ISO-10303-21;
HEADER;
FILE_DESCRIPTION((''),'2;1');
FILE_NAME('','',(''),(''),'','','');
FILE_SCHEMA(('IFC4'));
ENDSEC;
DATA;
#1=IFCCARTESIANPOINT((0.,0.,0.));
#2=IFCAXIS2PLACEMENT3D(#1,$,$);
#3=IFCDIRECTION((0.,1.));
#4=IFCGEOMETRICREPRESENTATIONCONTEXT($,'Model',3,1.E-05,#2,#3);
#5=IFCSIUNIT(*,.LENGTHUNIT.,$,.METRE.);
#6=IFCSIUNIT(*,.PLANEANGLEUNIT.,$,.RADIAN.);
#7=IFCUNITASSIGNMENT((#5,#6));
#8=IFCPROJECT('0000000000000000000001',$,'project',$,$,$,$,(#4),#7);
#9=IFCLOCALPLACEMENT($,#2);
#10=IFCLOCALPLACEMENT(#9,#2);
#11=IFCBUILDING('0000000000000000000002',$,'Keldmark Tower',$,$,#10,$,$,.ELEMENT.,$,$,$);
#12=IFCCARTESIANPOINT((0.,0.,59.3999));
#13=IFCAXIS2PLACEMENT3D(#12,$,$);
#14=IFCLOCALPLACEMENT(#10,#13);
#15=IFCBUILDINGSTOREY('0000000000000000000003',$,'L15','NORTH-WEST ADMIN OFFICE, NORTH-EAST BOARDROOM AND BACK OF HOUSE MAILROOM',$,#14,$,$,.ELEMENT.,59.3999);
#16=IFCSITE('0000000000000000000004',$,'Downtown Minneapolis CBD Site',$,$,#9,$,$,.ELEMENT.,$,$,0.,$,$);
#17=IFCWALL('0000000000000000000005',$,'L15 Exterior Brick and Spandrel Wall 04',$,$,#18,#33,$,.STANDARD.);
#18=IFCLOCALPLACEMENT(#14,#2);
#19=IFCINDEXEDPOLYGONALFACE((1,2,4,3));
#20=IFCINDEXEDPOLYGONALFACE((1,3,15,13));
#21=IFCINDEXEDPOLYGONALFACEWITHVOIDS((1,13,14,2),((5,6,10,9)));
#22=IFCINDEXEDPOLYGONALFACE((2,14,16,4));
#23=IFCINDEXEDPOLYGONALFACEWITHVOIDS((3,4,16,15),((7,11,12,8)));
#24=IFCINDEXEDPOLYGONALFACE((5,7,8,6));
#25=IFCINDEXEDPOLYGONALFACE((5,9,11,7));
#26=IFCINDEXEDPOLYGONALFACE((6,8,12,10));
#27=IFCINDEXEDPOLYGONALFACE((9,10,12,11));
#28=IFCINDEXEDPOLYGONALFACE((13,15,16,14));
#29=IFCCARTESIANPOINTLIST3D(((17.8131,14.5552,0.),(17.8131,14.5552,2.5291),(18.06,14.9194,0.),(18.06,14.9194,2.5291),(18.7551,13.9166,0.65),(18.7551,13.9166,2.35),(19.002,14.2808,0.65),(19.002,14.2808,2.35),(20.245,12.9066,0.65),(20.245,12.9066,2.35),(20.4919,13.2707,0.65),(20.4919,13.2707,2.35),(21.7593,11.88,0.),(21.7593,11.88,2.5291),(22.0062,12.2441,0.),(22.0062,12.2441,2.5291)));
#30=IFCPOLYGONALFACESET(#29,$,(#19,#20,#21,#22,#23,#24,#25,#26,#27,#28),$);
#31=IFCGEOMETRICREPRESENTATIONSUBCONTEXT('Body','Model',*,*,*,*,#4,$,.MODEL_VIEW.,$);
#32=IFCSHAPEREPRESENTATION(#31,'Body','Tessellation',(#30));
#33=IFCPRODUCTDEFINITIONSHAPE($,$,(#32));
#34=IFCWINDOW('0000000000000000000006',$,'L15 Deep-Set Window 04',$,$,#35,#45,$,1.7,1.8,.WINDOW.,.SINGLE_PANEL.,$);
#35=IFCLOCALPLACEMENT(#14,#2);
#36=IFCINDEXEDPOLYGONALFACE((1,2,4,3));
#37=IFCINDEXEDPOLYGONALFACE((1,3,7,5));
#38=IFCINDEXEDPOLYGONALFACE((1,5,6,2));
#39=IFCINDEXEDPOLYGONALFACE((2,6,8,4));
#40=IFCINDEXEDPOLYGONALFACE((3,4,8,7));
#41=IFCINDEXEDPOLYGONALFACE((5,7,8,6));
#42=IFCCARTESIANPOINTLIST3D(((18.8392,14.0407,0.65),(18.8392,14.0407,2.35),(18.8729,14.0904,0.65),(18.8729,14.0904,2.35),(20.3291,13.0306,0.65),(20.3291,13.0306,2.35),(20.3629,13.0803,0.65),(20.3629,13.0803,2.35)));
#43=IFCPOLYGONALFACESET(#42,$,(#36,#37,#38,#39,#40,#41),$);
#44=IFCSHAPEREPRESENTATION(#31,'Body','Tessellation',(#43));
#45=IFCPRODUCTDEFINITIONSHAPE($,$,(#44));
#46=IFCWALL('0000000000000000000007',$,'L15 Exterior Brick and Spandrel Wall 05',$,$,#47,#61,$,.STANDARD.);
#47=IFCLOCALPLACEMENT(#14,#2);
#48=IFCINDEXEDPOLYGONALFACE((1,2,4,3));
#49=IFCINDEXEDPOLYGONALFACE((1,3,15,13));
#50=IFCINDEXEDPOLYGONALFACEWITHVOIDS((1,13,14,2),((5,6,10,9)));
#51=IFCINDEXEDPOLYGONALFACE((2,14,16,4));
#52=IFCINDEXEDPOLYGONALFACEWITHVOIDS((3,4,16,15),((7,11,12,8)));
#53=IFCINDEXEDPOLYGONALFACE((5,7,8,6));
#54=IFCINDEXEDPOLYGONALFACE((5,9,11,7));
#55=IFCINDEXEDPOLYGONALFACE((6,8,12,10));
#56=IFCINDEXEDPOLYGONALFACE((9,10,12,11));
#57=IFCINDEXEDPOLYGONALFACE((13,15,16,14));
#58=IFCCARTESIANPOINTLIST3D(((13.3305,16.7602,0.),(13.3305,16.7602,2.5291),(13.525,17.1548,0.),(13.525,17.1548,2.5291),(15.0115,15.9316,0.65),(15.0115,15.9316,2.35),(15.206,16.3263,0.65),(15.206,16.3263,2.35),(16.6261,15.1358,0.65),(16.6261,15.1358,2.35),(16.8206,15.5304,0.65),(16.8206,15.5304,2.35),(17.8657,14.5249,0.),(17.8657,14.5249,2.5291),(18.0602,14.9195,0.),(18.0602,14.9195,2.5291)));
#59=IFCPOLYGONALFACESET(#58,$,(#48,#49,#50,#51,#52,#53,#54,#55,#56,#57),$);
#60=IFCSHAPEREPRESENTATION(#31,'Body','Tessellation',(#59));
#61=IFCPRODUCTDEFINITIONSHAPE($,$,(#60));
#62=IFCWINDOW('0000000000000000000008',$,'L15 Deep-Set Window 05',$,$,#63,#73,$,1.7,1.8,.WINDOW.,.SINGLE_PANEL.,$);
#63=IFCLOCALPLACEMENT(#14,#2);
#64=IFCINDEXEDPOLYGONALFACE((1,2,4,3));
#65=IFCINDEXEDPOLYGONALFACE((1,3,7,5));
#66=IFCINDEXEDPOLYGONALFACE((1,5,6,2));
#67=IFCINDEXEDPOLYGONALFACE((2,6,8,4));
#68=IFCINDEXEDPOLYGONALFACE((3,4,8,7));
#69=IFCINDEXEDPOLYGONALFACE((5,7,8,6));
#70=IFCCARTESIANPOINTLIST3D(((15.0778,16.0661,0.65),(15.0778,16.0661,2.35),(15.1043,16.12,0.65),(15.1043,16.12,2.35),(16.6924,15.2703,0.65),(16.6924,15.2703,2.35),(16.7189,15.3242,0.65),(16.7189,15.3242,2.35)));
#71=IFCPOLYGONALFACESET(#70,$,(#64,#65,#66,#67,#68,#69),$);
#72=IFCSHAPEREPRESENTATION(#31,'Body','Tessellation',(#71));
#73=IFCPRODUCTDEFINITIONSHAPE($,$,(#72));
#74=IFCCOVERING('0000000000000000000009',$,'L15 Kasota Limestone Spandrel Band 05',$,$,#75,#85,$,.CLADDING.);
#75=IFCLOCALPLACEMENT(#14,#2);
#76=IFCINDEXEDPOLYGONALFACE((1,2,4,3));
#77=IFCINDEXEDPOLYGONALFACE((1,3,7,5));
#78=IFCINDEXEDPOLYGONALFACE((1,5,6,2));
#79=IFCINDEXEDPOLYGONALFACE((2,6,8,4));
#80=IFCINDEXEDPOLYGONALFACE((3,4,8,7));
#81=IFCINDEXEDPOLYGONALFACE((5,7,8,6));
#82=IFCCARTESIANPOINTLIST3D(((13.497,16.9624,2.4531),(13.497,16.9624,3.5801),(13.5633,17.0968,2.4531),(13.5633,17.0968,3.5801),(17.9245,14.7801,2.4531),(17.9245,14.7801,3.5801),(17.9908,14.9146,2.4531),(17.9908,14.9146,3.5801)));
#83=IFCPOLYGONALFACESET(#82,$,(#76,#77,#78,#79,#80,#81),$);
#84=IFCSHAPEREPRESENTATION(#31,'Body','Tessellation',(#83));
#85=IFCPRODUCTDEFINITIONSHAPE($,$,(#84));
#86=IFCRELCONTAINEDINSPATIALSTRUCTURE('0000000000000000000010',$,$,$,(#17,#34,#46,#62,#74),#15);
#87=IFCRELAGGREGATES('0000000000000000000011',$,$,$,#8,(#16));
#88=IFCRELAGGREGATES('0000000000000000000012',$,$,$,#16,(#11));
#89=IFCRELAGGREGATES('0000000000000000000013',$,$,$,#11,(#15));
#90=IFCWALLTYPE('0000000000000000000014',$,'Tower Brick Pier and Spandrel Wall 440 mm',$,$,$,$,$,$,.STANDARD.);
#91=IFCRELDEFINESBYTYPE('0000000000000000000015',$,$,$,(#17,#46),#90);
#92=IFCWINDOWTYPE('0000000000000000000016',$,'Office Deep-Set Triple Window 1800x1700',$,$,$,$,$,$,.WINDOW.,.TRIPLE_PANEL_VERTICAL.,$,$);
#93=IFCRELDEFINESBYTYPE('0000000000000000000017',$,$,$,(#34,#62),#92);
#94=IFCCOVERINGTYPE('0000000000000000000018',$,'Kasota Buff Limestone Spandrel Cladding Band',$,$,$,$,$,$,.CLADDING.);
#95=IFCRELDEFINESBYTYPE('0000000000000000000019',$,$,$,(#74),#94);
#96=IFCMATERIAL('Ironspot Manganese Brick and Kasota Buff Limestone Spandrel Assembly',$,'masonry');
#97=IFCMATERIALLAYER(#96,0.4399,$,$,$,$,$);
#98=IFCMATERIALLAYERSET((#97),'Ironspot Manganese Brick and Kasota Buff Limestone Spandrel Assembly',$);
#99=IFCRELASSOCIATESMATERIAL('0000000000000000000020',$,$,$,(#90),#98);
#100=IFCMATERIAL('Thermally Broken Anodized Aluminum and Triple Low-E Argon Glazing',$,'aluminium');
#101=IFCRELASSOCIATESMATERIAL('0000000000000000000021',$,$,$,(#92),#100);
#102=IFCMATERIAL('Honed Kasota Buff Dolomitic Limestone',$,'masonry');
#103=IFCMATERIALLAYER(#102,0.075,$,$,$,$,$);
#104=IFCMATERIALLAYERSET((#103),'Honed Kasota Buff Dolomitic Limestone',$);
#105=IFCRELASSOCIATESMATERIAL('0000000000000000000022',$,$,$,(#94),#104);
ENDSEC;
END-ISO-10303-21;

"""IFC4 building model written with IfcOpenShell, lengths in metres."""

from ifc_helpers import new_model, si_unit, direction, frame, frame_2d, origin, origin_2d, place, context, subcontext, project, spatial, rectangle, extrude, material, layer, layer_set, type_object, element, fill, save


model = new_model("IFC4")

# Units and contexts
model_context = context("Model", 3, precision=1e-05, world=origin(), true_north=direction((0.0, 1.0)))
body_context = subcontext(model_context, "Body", "Model", "MODEL_VIEW")
ifc_project = project(units=[si_unit("LENGTHUNIT", "METRE"), si_unit("PLANEANGLEUNIT", "RADIAN")], contexts=[model_context])

# Site, building, storey
site_placement = place(None, origin())
site = spatial("IfcSite", under=ifc_project, at=site_placement, Name="Downtown Minneapolis CBD Site", CompositionType="ELEMENT", RefElevation=0.0)
building_placement = place(site_placement, origin())
building = spatial("IfcBuilding", under=site, at=building_placement, Name="Keldmark Tower", CompositionType="ELEMENT")
storey_placement = place(building_placement, frame((0.0, 0.0, 59.3999)))
storey = spatial("IfcBuildingStorey", under=building, at=storey_placement, Name="L15", Description="NORTH-WEST ADMIN OFFICE, NORTH-EAST BOARDROOM AND BACK OF HOUSE MAILROOM", CompositionType="ELEMENT", Elevation=59.3999)

# Walls, openings, windows
ifc_material_1 = material(Name="Ironspot Manganese Brick and Kasota Buff Limestone Spandrel Assembly", Category="masonry")
ifc_layer_1 = layer(ifc_material_1, 0.4399)
ifc_layer_set_1 = layer_set([ifc_layer_1], Name="Ironspot Manganese Brick and Kasota Buff Limestone Spandrel Assembly")
wall_type_1 = type_object("IfcWallType", Name="Tower Brick Pier and Spandrel Wall 440 mm", PredefinedType="STANDARD", material=ifc_layer_set_1)
wall_1_placement = place(storey_placement, frame((17.9365, 14.7373, 0.0), z_axis=(0.0, 0.0, 1.0), x_axis=(0.827724, -0.561136, 0.0)))
wall_1 = element("IfcWall", 1, at=wall_1_placement, inside=storey, type_object=wall_type_1, Name="L15 Exterior Brick and Spandrel Wall 04", PredefinedType="STANDARD", context=body_context, shape_type="SweptSolid", body=[
    extrude(rectangle(XDim=4.7676, YDim=0.4399, at=frame_2d((2.3838, 0.0))), origin(), (0.0, 0.0, 1.0), 2.5291),
])
opening_1_placement = place(wall_1_placement, frame((1.1382, 0.0, 0.6499)))
opening_1 = element("IfcOpeningElement", 2, at=opening_1_placement, cuts=wall_1, PredefinedType="OPENING", context=body_context, shape_type="SweptSolid", body=[
    extrude(rectangle(XDim=1.8, YDim=1.7, at=frame_2d((0.8999, 0.8501))), frame((0.0, 0.23, 0.0), z_axis=(0.0, -1.0, 0.0), x_axis=(1.0, 0.0, 0.0)), (0.0, 0.0, 1.0), 0.46),
])
ifc_material_2 = material(Name="Thermally Broken Anodized Aluminum and Triple Low-E Argon Glazing", Category="aluminium")
window_type = type_object("IfcWindowType", Name="Office Deep-Set Triple Window 1800x1700", PartitioningType="TRIPLE_PANEL_VERTICAL", PredefinedType="WINDOW", material=ifc_material_2)
window_1_placement = place(opening_1_placement, origin())
window_1 = element("IfcWindow", 3, at=window_1_placement, inside=storey, type_object=window_type, Name="L15 Deep-Set Window 04", OverallHeight=1.7, OverallWidth=1.8, PartitioningType="SINGLE_PANEL", PredefinedType="WINDOW", context=body_context, shape_type="SweptSolid", body=[
    extrude(rectangle(XDim=1.8, YDim=1.7, at=frame_2d((0.8999, 0.8501))), frame((0.0, -0.01, 0.0), z_axis=(0.0, -1.0, 0.0), x_axis=(1.0, 0.0, 0.0)), (0.0, 0.0, 1.0), 0.0601),
])
fill(opening_1, window_1)
wall_2_placement = place(storey_placement, frame((13.4277, 16.9575, 0.0), z_axis=(0.0, 0.0, 1.0), x_axis=(0.896962, -0.442107, 0.0)))
wall_2 = element("IfcWall", 4, at=wall_2_placement, inside=storey, type_object=wall_type_1, Name="L15 Exterior Brick and Spandrel Wall 05", PredefinedType="STANDARD", context=body_context, shape_type="SweptSolid", body=[
    extrude(rectangle(XDim=5.0562, YDim=0.4399, at=frame_2d((2.5281, 0.0))), origin(), (0.0, 0.0, 1.0), 2.5291),
])
opening_2_placement = place(wall_2_placement, frame((1.8743, 0.0, 0.6499)))
opening_2 = element("IfcOpeningElement", 5, at=opening_2_placement, cuts=wall_2, PredefinedType="OPENING", context=body_context, shape_type="SweptSolid", body=[
    extrude(rectangle(XDim=1.8, YDim=1.7, at=frame_2d((0.8999, 0.8501))), frame((0.0, 0.23, 0.0), z_axis=(0.0, -1.0, 0.0), x_axis=(1.0, 0.0, 0.0)), (0.0, 0.0, 1.0), 0.46),
])
window_2_placement = place(opening_2_placement, origin())
window_2 = element("IfcWindow", 6, at=window_2_placement, inside=storey, type_object=window_type, Name="L15 Deep-Set Window 05", OverallHeight=1.7, OverallWidth=1.8, PartitioningType="SINGLE_PANEL", PredefinedType="WINDOW", context=body_context, shape_type="SweptSolid", body=[
    extrude(rectangle(XDim=1.8, YDim=1.7, at=frame_2d((0.8999, 0.8501))), frame((0.0, -0.01, 0.0), z_axis=(0.0, -1.0, 0.0), x_axis=(1.0, 0.0, 0.0)), (0.0, 0.0, 1.0), 0.0601),
])
fill(opening_2, window_2)

# Covering
ifc_material_3 = material(Name="Honed Kasota Buff Dolomitic Limestone", Category="masonry")
ifc_layer_2 = layer(ifc_material_3, 0.075)
ifc_layer_set_2 = layer_set([ifc_layer_2], Name="Honed Kasota Buff Dolomitic Limestone")
covering_type = type_object("IfcCoveringType", Name="Kasota Buff Limestone Spandrel Cladding Band", PredefinedType="CLADDING", material=ifc_layer_set_2)
covering_placement = place(storey_placement, frame((15.7439, 15.9385, 2.4531), z_axis=(0.0, 0.0, 1.0), x_axis=(-0.896965, 0.442101, 0.0)))
element("IfcCovering", 7, at=covering_placement, inside=storey, type_object=covering_type, Name="L15 Kasota Limestone Spandrel Band 05", PredefinedType="CLADDING", context=body_context, shape_type="SweptSolid", body=[
    extrude(rectangle(XDim=4.936, YDim=0.1499, at=origin_2d()), origin(), (0.0, 0.0, 1.0), 1.127),
])

save(model, "model.ifc")
